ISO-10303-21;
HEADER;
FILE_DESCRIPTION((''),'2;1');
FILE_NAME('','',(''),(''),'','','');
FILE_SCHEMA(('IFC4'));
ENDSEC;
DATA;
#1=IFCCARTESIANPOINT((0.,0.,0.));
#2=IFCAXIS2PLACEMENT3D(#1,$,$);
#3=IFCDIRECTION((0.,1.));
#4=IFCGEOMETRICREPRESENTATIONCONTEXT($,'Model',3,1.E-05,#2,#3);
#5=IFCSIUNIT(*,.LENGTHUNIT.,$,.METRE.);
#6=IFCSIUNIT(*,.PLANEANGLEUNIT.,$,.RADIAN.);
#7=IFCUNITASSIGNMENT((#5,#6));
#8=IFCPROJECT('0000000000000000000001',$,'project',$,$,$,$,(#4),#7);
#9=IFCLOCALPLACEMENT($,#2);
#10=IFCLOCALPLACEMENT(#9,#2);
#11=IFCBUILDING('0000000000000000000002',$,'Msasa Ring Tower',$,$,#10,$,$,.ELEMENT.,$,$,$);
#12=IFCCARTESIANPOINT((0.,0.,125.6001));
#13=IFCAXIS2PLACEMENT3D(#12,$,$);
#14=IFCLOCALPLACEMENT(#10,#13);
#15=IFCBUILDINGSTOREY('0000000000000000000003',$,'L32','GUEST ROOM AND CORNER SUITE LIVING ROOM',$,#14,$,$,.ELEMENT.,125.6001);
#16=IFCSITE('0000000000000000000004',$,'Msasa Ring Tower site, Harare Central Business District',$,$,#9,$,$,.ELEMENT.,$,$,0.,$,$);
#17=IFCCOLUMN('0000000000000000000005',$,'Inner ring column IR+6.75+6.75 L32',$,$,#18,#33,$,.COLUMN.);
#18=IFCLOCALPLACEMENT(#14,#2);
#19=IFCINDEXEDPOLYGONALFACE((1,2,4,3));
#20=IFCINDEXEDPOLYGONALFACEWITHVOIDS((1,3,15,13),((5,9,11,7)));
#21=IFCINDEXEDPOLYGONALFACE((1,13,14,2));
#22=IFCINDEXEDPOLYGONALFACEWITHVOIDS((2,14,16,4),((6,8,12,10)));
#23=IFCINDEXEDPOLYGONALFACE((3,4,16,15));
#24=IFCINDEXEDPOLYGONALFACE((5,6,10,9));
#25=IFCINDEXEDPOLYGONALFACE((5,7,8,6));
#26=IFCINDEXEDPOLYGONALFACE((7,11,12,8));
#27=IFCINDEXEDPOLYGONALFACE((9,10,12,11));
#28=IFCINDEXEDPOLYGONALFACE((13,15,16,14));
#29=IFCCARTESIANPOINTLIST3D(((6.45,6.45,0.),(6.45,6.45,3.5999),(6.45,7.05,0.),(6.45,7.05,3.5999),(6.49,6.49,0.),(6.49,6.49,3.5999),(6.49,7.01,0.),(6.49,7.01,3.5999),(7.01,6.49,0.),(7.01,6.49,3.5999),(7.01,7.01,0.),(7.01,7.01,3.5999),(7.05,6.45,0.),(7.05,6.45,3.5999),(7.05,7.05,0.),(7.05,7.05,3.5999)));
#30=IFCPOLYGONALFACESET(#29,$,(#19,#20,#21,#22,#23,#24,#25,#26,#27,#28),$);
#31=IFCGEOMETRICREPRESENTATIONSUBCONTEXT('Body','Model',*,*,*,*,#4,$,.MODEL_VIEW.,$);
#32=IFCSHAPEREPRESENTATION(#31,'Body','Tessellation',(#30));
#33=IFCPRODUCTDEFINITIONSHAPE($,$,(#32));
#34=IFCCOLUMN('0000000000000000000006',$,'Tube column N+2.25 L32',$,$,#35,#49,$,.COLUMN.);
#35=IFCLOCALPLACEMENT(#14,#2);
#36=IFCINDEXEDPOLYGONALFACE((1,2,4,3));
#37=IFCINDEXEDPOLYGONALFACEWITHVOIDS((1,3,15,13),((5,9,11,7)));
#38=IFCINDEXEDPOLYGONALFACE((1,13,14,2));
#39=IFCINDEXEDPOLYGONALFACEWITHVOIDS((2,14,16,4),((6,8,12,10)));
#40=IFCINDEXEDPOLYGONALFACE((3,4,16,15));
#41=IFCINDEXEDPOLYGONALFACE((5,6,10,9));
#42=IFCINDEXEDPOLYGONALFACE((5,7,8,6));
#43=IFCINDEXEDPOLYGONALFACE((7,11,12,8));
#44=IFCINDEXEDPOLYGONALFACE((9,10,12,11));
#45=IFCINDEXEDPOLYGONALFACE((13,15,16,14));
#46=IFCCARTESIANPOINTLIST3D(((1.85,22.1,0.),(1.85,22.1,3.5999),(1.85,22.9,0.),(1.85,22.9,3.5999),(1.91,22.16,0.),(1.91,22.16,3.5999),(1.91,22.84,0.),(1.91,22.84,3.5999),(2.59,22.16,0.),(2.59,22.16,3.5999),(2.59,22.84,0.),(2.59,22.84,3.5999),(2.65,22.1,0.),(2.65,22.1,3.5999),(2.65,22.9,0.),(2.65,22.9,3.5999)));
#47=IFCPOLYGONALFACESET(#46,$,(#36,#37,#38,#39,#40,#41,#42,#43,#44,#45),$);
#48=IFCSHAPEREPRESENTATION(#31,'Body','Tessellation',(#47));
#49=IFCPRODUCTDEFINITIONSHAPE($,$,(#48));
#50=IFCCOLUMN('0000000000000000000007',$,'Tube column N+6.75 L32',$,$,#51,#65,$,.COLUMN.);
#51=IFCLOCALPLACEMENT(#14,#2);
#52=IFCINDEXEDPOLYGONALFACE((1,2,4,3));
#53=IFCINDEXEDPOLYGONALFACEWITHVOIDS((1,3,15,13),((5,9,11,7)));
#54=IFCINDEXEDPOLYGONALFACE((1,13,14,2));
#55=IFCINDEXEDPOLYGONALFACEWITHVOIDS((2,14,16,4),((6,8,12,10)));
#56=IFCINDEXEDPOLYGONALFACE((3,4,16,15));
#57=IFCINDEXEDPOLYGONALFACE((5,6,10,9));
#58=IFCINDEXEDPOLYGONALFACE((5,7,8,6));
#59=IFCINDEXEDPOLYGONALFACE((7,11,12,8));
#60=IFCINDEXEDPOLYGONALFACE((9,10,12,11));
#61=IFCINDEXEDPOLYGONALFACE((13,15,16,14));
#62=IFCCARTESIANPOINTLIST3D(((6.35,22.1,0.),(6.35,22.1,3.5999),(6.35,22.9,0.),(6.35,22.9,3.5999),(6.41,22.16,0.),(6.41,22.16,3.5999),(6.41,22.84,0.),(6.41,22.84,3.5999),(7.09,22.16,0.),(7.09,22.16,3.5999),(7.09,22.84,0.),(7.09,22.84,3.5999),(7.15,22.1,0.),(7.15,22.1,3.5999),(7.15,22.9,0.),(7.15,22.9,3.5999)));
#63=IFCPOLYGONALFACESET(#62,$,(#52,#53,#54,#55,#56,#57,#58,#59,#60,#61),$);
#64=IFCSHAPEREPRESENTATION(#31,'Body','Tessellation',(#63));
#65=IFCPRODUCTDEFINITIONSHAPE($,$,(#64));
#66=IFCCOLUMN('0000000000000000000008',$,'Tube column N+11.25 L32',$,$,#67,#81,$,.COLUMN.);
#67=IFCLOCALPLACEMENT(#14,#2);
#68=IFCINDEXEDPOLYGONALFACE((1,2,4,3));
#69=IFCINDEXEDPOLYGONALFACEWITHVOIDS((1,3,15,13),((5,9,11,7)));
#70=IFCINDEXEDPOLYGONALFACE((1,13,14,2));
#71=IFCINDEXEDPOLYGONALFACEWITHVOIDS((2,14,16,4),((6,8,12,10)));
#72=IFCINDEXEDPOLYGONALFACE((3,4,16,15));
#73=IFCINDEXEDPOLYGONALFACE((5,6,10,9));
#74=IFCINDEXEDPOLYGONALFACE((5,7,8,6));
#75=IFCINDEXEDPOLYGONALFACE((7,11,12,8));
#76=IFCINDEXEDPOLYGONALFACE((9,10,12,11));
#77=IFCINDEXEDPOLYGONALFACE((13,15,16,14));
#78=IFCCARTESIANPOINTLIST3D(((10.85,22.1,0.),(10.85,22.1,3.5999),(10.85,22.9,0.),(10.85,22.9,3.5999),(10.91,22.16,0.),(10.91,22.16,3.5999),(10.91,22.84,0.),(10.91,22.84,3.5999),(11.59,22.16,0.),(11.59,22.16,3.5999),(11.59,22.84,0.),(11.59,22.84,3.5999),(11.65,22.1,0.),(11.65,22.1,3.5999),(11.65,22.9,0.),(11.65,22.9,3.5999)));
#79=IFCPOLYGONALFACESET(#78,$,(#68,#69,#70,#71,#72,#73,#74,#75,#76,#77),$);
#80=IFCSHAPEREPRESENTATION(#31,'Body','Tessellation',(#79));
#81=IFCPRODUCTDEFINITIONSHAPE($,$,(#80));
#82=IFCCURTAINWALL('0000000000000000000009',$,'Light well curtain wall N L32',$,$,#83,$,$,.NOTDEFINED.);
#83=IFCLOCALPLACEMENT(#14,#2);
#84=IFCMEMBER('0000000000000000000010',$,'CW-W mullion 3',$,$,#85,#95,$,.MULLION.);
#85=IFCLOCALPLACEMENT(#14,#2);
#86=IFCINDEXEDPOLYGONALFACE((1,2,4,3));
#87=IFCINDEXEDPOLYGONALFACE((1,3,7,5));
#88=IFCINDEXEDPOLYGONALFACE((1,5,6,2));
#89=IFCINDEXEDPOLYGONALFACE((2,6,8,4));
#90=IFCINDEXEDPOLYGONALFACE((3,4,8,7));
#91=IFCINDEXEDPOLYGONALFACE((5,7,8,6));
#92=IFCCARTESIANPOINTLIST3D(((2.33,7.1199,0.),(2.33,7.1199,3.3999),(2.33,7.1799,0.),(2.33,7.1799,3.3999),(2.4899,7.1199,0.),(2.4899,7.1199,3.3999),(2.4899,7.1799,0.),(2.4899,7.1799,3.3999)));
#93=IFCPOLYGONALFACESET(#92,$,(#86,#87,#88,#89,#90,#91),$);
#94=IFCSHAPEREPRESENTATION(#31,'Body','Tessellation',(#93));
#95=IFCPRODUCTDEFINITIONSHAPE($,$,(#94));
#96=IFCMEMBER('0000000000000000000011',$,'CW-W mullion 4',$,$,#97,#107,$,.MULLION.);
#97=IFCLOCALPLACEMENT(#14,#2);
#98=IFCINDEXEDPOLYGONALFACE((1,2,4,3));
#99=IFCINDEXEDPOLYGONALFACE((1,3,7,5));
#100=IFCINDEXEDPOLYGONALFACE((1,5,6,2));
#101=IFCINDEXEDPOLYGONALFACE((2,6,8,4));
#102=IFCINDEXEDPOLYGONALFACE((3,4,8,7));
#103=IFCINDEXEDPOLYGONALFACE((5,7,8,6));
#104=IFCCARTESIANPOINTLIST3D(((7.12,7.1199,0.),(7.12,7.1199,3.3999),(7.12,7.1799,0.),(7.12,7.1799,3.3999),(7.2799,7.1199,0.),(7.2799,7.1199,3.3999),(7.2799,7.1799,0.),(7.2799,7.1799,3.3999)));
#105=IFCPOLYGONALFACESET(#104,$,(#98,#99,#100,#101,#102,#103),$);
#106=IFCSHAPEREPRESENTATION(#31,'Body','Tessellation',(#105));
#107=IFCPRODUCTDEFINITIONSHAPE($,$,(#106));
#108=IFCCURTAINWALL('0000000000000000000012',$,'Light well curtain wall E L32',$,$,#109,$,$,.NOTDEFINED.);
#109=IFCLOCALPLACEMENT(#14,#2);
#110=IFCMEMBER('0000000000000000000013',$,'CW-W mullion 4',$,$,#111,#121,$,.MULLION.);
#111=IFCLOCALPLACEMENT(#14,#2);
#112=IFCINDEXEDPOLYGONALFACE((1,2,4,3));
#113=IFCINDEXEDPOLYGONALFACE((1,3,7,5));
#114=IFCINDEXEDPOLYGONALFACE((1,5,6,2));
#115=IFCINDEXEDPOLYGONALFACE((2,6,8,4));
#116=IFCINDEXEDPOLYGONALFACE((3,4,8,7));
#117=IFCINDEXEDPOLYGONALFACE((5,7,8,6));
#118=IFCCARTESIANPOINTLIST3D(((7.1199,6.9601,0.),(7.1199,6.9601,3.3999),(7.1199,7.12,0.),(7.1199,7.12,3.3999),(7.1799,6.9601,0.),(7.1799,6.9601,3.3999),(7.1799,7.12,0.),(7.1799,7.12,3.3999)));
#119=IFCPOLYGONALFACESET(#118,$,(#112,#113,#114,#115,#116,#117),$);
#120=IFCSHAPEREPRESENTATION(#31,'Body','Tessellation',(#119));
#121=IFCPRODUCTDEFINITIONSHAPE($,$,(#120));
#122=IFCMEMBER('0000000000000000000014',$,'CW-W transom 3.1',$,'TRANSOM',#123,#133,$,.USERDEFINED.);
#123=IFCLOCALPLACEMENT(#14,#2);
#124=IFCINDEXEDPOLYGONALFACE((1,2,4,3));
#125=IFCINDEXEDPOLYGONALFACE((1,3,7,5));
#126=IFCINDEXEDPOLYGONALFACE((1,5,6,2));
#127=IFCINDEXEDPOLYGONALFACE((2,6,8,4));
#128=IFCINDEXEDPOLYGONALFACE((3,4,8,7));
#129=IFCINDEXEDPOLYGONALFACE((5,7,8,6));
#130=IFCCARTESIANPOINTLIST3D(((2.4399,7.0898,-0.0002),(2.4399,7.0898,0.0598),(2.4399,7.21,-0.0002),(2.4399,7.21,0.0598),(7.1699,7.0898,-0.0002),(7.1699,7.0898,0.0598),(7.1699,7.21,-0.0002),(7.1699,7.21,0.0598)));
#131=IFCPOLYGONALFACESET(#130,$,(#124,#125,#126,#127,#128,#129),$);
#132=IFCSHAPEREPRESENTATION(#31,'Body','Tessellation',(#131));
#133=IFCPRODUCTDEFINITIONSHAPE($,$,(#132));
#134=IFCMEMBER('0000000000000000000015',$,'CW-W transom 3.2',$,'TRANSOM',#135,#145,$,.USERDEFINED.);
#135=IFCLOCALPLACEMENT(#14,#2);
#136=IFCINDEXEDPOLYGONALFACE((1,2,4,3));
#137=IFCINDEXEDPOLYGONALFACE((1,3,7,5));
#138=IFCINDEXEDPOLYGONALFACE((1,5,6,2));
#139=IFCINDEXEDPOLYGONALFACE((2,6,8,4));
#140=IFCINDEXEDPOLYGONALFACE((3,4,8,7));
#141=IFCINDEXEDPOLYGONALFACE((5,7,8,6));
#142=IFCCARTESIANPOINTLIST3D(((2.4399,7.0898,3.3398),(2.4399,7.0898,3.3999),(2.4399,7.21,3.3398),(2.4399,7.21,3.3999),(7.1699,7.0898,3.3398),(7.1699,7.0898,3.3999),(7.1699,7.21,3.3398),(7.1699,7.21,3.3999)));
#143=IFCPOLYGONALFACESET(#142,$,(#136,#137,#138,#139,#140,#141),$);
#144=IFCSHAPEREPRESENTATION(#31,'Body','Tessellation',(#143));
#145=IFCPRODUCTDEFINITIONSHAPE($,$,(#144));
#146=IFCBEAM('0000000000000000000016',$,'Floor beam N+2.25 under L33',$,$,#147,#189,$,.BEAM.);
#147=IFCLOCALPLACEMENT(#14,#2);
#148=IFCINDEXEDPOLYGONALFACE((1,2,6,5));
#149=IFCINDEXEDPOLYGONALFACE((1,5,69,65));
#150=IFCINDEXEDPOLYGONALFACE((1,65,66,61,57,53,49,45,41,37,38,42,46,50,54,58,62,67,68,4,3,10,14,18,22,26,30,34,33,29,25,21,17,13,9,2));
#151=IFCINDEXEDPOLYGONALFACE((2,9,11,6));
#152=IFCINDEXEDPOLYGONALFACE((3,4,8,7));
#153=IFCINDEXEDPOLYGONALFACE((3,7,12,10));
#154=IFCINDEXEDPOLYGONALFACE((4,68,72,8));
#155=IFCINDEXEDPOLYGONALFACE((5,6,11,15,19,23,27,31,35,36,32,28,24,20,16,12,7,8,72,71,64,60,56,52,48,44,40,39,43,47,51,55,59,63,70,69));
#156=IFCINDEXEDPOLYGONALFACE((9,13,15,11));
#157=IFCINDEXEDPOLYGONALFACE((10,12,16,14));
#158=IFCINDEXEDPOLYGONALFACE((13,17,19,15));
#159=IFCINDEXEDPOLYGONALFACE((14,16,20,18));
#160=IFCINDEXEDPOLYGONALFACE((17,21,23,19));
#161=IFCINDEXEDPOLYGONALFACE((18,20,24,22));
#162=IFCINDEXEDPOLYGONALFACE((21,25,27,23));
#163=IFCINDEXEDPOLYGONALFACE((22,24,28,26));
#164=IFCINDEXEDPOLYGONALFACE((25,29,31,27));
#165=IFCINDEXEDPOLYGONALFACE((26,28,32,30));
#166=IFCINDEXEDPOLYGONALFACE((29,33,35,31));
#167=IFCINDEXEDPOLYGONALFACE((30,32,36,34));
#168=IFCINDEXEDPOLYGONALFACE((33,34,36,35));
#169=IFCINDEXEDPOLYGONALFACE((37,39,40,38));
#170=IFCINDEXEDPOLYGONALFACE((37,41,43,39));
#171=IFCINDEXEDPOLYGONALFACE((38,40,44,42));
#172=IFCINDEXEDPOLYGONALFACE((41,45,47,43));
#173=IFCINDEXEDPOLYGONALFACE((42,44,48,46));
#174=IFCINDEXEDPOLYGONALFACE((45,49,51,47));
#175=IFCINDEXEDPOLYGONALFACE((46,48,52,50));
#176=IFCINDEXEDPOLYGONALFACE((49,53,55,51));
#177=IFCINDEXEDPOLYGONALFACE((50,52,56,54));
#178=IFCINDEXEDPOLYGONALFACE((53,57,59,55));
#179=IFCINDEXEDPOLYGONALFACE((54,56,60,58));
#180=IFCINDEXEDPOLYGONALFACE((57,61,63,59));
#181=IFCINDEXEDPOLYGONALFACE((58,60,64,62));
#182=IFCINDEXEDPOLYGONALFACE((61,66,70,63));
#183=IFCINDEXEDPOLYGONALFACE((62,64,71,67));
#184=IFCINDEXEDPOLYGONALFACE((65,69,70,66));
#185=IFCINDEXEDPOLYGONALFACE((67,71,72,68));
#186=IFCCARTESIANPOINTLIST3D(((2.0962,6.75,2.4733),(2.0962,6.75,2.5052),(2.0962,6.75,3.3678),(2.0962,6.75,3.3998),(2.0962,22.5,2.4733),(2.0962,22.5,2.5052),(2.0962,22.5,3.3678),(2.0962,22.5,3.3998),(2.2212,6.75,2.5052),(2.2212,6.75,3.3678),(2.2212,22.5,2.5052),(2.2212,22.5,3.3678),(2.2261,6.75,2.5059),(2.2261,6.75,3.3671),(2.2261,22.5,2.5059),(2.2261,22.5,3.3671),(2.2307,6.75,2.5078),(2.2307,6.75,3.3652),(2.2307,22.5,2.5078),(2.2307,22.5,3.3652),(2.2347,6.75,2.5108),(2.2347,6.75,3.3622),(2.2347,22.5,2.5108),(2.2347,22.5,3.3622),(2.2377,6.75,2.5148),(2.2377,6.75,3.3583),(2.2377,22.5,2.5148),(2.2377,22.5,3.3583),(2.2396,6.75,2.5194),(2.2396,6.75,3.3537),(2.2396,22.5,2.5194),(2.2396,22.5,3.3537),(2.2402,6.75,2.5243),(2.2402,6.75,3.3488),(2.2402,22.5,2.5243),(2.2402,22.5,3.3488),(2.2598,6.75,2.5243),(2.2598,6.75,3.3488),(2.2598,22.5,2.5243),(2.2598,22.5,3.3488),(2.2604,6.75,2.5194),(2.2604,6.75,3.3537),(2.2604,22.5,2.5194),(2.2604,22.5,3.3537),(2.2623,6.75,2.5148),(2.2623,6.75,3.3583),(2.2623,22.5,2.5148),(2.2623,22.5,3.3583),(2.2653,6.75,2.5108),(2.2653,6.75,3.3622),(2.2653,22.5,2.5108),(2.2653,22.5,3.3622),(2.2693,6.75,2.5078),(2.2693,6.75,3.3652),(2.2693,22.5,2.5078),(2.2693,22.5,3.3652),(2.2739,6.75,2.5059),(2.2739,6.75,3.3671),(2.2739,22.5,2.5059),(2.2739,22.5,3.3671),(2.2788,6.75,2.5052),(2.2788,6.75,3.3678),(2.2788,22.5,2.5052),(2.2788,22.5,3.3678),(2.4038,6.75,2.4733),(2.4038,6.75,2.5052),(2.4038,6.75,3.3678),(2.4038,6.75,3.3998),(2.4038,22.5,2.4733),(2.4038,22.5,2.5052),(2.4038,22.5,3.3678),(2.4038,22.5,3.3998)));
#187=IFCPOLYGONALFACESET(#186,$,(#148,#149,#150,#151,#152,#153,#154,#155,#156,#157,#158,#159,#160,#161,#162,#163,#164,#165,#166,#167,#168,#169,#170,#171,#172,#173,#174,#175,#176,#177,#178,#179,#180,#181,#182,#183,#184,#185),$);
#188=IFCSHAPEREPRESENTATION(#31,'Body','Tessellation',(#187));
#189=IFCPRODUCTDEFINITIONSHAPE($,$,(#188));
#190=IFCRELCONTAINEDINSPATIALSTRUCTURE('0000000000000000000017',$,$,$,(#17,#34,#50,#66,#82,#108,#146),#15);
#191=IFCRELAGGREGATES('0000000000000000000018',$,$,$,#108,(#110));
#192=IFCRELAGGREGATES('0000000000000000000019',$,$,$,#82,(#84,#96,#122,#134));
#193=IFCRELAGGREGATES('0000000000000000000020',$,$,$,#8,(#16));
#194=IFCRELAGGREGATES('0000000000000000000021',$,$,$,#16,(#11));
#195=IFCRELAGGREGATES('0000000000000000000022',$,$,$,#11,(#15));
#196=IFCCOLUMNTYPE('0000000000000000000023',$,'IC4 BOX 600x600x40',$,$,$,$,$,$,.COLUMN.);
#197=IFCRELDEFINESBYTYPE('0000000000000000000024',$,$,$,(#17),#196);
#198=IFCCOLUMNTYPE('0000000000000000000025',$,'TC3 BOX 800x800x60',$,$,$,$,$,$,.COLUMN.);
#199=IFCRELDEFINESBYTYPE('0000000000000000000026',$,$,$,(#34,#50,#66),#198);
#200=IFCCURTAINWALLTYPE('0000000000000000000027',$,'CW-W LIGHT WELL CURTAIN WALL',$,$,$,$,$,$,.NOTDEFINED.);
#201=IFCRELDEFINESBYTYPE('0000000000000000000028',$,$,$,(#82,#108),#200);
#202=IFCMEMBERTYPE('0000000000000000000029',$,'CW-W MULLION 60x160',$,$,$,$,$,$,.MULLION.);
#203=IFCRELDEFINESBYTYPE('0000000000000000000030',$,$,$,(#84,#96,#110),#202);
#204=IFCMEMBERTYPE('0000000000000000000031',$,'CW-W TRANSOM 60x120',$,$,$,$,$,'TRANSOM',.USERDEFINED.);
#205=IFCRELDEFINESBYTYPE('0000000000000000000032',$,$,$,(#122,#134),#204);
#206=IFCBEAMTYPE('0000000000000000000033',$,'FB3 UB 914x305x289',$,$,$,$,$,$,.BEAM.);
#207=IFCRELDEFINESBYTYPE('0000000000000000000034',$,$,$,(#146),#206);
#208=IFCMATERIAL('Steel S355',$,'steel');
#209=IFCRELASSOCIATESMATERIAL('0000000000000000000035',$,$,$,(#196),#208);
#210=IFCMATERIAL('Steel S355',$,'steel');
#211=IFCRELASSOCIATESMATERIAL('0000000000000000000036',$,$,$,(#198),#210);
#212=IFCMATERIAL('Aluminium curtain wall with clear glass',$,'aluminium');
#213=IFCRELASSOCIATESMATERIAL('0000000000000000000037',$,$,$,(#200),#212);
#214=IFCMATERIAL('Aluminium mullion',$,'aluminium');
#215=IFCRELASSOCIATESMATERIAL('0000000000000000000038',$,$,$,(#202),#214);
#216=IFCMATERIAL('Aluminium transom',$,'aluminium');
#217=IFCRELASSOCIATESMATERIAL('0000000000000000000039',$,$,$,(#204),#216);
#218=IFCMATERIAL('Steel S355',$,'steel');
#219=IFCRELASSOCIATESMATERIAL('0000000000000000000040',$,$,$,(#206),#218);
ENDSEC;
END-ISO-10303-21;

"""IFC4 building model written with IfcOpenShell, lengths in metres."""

from ifc_helpers import new_model, si_unit, direction, frame, origin, origin_2d, place, context, subcontext, project, spatial, rectangle, hollow_rectangle, i_section, extrude, material, material_profile, profile_set, type_object, element, aggregate, save


model = new_model("IFC4")

# Units and contexts
model_context = context("Model", 3, precision=1e-05, world=origin(), true_north=direction((0.0, 1.0)))
body_context = subcontext(model_context, "Body", "Model", "MODEL_VIEW")
ifc_project = project(units=[si_unit("LENGTHUNIT", "METRE"), si_unit("PLANEANGLEUNIT", "RADIAN")], contexts=[model_context])

# Site, building, storey
site_placement = place(None, origin())
site = spatial("IfcSite", under=ifc_project, at=site_placement, Name="Msasa Ring Tower site, Harare Central Business District", CompositionType="ELEMENT", RefElevation=0.0)
building_placement = place(site_placement, origin())
building = spatial("IfcBuilding", under=site, at=building_placement, Name="Msasa Ring Tower", CompositionType="ELEMENT")
storey_placement = place(building_placement, frame((0.0, 0.0, 125.6001)))
storey = spatial("IfcBuildingStorey", under=building, at=storey_placement, Name="L32", Description="GUEST ROOM AND CORNER SUITE LIVING ROOM", CompositionType="ELEMENT", Elevation=125.6001)

# Columns
ifc_material_1 = material(Name="Steel S355", Category="steel")
ifc_material_profile_1 = material_profile(ifc_material_1, hollow_rectangle(XDim=0.6001, YDim=0.6001, WallThickness=0.04, at=origin_2d()), Name="BOX 600x600x40")
ifc_profile_set_1 = profile_set([ifc_material_profile_1], Name="Steel S355")
column_type_1 = type_object("IfcColumnType", Name="IC4 BOX 600x600x40", PredefinedType="COLUMN", material=ifc_profile_set_1)
column_placement = place(storey_placement, frame((6.75, 6.75, 0.0), z_axis=(0.0, 0.0, 1.0), x_axis=(1.0, 0.0, 0.0)))
element("IfcColumn", 1, at=column_placement, inside=storey, type_object=column_type_1, Name="Inner ring column IR+6.75+6.75 L32", PredefinedType="COLUMN", context=body_context, shape_type="SweptSolid", body=[
    extrude(hollow_rectangle(XDim=0.6001, YDim=0.6001, WallThickness=0.04, at=origin_2d()), origin(), (0.0, 0.0, 1.0), 3.5999),
])
ifc_material_2 = material(Name="Steel S355", Category="steel")
ifc_material_profile_2 = material_profile(ifc_material_2, hollow_rectangle(XDim=0.8, YDim=0.8, WallThickness=0.0601, at=origin_2d()), Name="BOX 800x800x60")
ifc_profile_set_2 = profile_set([ifc_material_profile_2], Name="Steel S355")
column_type_2 = type_object("IfcColumnType", Name="TC3 BOX 800x800x60", PredefinedType="COLUMN", material=ifc_profile_set_2)
for number, where, z_axis, x_axis, name in (
    (2, (2.25, 22.5, 0.0), (0.0, 0.0, 1.0), (0.0, 1.0, 0.0), "Tube column N+2.25 L32"),
    (3, (6.75, 22.5, 0.0), (0.0, 0.0, 1.0), (0.0, 1.0, 0.0), "Tube column N+6.75 L32"),
    (4, (11.25, 22.5, 0.0), (0.0, 0.0, 1.0), (0.0, 1.0, 0.0), "Tube column N+11.25 L32"),
):
    element("IfcColumn", number, at=place(storey_placement, frame(where, z_axis=z_axis, x_axis=x_axis)), inside=storey, type_object=column_type_2, Name=name, PredefinedType="COLUMN", context=body_context, shape_type="SweptSolid", body=[
        extrude(hollow_rectangle(XDim=0.8, YDim=0.8, WallThickness=0.0601, at=origin_2d()), origin(), (0.0, 0.0, 1.0), 3.5999),
    ])

# Curtain wall, members
ifc_material_3 = material(Name="Aluminium curtain wall with clear glass", Category="aluminium")
curtain_wall_type = type_object("IfcCurtainWallType", Name="CW-W LIGHT WELL CURTAIN WALL", PredefinedType="NOTDEFINED", material=ifc_material_3)
curtain_wall_1_placement = place(storey_placement, origin())
curtain_wall_1 = element("IfcCurtainWall", 5, at=curtain_wall_1_placement, inside=storey, type_object=curtain_wall_type, Name="Light well curtain wall N L32", PredefinedType="NOTDEFINED")
ifc_material_4 = material(Name="Aluminium mullion", Category="aluminium")
ifc_material_profile_3 = material_profile(ifc_material_4, rectangle(XDim=0.0601, YDim=0.1599, at=origin_2d()), Name="AL 60x160")
ifc_profile_set_3 = profile_set([ifc_material_profile_3], Name="Aluminium mullion")
member_type_1 = type_object("IfcMemberType", Name="CW-W MULLION 60x160", PredefinedType="MULLION", material=ifc_profile_set_3)
member_1_placement = place(storey_placement, frame((2.4099, 7.1499, 0.0), z_axis=(0.0, 0.0, 1.0), x_axis=(0.0, 1.0, 0.0)))
member_1 = element("IfcMember", 6, at=member_1_placement, type_object=member_type_1, Name="CW-W mullion 3", PredefinedType="MULLION", context=body_context, shape_type="SweptSolid", body=[
    extrude(rectangle(XDim=0.0601, YDim=0.1599, at=origin_2d()), origin(), (0.0, 0.0, 1.0), 3.3999),
])
member_2_placement = place(storey_placement, frame((7.2, 7.1499, 0.0), z_axis=(0.0, 0.0, 1.0), x_axis=(0.0, 1.0, 0.0)))
member_2 = element("IfcMember", 7, at=member_2_placement, type_object=member_type_1, Name="CW-W mullion 4", PredefinedType="MULLION", context=body_context, shape_type="SweptSolid", body=[
    extrude(rectangle(XDim=0.0601, YDim=0.1599, at=origin_2d()), origin(), (0.0, 0.0, 1.0), 3.3999),
])

# Curtain wall, member
curtain_wall_2_placement = place(storey_placement, origin())
curtain_wall_2 = element("IfcCurtainWall", 8, at=curtain_wall_2_placement, inside=storey, type_object=curtain_wall_type, Name="Light well curtain wall E L32", PredefinedType="NOTDEFINED")
member_3_placement = place(storey_placement, frame((7.1499, 7.04, 0.0), z_axis=(0.0, 0.0, 1.0), x_axis=(-1.0, 0.0, 0.0)))
member_3 = element("IfcMember", 9, at=member_3_placement, type_object=member_type_1, Name="CW-W mullion 4", PredefinedType="MULLION", context=body_context, shape_type="SweptSolid", body=[
    extrude(rectangle(XDim=0.0601, YDim=0.1599, at=origin_2d()), origin(), (0.0, 0.0, 1.0), 3.3999),
])
aggregate(curtain_wall_2, [member_3])

# Members
ifc_material_5 = material(Name="Aluminium transom", Category="aluminium")
ifc_material_profile_4 = material_profile(ifc_material_5, rectangle(XDim=0.1201, YDim=0.0601, at=origin_2d()), Name="AL 60x120")
ifc_profile_set_4 = profile_set([ifc_material_profile_4], Name="Aluminium transom")
member_type_2 = type_object("IfcMemberType", Name="CW-W TRANSOM 60x120", ElementType="TRANSOM", PredefinedType="USERDEFINED", material=ifc_profile_set_4)
member_4_placement = place(storey_placement, frame((2.4399, 7.1499, 0.0298), z_axis=(1.0, 0.0, 0.0), x_axis=(0.0, 1.0, 0.0)))
member_4 = element("IfcMember", 10, at=member_4_placement, type_object=member_type_2, Name="CW-W transom 3.1", ObjectType="TRANSOM", PredefinedType="USERDEFINED", context=body_context, shape_type="SweptSolid", body=[
    extrude(rectangle(XDim=0.1201, YDim=0.0601, at=origin_2d()), origin(), (0.0, 0.0, 1.0), 4.73),
])
member_5_placement = place(storey_placement, frame((2.4399, 7.1499, 3.3699), z_axis=(1.0, 0.0, 0.0), x_axis=(0.0, 1.0, 0.0)))
member_5 = element("IfcMember", 11, at=member_5_placement, type_object=member_type_2, Name="CW-W transom 3.2", ObjectType="TRANSOM", PredefinedType="USERDEFINED", context=body_context, shape_type="SweptSolid", body=[
    extrude(rectangle(XDim=0.1201, YDim=0.0601, at=origin_2d()), origin(), (0.0, 0.0, 1.0), 4.73),
])

# Beam
ifc_material_6 = material(Name="Steel S355", Category="steel")
ifc_material_profile_5 = material_profile(ifc_material_6, i_section(OverallWidth=0.3076, OverallDepth=0.9265, WebThickness=0.0195, FlangeThickness=0.032, FilletRadius=0.019, at=origin_2d()), Name="UB 914x305x289")
ifc_profile_set_5 = profile_set([ifc_material_profile_5], Name="Steel S355")
beam_type_1 = type_object("IfcBeamType", Name="FB3 UB 914x305x289", PredefinedType="BEAM", material=ifc_profile_set_5)
for number, where, z_axis, x_axis, name in (
    (12, (2.25, 22.5, 2.9365), (0.0, -1.0, 0.0), (1.0, 0.0, 0.0), "Floor beam N+2.25 under L33"),
):
    element("IfcBeam", number, at=place(storey_placement, frame(where, z_axis=z_axis, x_axis=x_axis)), inside=storey, type_object=beam_type_1, Name=name, PredefinedType="BEAM", context=body_context, shape_type="SweptSolid", body=[
        extrude(i_section(OverallWidth=0.3076, OverallDepth=0.9265, WebThickness=0.0195, FlangeThickness=0.032, FilletRadius=0.019, at=origin_2d()), origin(), (0.0, 0.0, 1.0), 15.75),
    ])

aggregate(curtain_wall_1, [member_1, member_2, member_4, member_5])

save(model, "model.ifc")
